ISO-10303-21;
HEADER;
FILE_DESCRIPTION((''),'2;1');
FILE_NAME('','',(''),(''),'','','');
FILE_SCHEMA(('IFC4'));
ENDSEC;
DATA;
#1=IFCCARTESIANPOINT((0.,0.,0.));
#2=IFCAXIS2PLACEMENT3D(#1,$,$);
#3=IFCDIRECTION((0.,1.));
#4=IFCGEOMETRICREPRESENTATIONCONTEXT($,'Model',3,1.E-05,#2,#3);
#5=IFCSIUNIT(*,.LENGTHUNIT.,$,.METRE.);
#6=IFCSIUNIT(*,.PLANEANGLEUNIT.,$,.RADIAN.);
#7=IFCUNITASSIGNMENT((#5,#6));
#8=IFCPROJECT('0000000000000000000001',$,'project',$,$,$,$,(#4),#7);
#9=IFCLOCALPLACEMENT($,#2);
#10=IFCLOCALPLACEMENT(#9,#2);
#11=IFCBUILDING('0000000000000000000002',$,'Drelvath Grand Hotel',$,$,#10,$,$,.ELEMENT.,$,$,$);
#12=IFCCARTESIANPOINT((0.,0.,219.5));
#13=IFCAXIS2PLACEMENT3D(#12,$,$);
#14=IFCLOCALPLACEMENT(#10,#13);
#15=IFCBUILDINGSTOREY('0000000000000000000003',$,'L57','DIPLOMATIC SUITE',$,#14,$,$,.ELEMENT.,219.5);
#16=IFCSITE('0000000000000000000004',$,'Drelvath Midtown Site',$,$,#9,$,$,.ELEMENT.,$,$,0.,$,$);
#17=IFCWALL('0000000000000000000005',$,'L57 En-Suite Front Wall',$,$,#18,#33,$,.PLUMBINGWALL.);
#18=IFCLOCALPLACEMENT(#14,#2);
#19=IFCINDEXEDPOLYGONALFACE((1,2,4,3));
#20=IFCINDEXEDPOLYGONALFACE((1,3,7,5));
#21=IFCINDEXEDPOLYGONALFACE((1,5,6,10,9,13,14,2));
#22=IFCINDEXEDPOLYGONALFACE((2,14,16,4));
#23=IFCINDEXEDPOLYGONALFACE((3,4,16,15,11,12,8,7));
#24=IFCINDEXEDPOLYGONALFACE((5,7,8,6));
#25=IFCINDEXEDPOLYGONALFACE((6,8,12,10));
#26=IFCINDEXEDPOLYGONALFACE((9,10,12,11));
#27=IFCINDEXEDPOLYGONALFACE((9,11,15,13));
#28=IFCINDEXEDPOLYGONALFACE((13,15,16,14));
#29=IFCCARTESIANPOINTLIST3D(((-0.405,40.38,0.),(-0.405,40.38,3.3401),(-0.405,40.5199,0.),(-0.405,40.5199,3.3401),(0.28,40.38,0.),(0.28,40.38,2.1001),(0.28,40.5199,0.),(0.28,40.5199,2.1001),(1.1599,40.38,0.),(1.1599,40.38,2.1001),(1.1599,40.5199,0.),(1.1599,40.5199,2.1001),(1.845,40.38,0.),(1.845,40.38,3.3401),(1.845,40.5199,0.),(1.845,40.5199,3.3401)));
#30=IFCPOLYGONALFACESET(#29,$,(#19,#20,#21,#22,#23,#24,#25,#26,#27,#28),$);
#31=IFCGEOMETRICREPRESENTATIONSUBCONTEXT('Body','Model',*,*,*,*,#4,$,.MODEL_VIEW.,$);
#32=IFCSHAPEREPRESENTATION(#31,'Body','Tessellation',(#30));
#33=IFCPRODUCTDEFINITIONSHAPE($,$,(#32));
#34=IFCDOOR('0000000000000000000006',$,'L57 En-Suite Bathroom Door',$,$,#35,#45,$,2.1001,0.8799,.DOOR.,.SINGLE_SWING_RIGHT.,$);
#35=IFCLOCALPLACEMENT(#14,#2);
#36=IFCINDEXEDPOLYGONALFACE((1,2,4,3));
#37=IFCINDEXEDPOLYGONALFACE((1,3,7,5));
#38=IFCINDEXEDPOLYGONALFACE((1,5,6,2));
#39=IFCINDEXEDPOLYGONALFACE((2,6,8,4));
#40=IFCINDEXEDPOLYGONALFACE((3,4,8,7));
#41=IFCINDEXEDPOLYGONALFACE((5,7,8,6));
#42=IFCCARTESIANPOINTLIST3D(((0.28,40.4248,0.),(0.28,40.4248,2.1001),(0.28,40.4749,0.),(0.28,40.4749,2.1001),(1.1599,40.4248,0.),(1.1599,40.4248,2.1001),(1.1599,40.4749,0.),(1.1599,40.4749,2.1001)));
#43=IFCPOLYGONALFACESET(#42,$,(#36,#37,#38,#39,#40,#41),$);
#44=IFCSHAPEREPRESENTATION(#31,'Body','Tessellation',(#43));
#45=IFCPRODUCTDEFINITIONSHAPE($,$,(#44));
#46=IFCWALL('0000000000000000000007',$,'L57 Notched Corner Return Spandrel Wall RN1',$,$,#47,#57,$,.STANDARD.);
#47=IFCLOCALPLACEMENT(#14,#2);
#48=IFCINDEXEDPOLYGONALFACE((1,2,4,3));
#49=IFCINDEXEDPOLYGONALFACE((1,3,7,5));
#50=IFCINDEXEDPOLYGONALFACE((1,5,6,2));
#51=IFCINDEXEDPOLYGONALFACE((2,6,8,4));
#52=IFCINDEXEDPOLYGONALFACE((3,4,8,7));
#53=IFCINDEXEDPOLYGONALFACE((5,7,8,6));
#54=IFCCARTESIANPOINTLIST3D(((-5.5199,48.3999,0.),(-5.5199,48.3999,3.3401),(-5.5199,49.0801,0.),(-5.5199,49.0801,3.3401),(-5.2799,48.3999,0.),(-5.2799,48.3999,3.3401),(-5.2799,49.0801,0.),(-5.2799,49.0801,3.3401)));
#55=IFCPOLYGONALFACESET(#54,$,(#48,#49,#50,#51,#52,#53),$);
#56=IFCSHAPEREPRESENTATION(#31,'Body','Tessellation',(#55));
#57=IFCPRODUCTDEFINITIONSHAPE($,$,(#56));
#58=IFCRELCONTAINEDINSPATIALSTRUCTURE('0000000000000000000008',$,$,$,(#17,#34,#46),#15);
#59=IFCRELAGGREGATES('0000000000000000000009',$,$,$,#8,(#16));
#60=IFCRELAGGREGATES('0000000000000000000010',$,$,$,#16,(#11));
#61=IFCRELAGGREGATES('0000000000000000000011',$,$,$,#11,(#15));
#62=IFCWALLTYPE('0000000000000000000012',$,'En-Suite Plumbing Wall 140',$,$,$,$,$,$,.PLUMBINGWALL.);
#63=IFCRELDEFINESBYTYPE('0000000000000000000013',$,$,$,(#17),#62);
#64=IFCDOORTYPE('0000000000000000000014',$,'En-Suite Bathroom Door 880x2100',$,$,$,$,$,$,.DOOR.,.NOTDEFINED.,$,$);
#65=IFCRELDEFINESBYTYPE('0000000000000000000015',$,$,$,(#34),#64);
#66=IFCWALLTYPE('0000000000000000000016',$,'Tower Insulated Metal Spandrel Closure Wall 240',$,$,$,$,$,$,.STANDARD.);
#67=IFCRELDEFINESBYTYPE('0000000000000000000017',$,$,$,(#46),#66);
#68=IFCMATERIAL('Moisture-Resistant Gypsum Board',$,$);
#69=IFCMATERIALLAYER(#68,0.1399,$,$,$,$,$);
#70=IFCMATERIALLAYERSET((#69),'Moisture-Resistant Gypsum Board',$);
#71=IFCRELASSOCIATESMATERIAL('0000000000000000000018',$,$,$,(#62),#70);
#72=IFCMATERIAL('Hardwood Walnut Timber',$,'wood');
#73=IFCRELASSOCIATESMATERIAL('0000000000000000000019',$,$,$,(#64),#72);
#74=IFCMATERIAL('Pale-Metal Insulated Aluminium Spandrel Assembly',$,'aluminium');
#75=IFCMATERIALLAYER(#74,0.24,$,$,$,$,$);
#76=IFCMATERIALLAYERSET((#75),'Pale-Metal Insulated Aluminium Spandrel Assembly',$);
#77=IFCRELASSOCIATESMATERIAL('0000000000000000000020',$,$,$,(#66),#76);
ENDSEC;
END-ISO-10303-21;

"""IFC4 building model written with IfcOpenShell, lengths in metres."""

from ifc_helpers import new_model, si_unit, direction, frame, frame_2d, origin, place, context, subcontext, project, spatial, rectangle, extrude, material, layer, layer_set, type_object, element, fill, save


model = new_model("IFC4")

# Units and contexts
model_context = context("Model", 3, precision=1e-05, world=origin(), true_north=direction((0.0, 1.0)))
body_context = subcontext(model_context, "Body", "Model", "MODEL_VIEW")
ifc_project = project(units=[si_unit("LENGTHUNIT", "METRE"), si_unit("PLANEANGLEUNIT", "RADIAN")], contexts=[model_context])

# Site, building, storey
site_placement = place(None, origin())
site = spatial("IfcSite", under=ifc_project, at=site_placement, Name="Drelvath Midtown Site", CompositionType="ELEMENT", RefElevation=0.0)
building_placement = place(site_placement, origin())
building = spatial("IfcBuilding", under=site, at=building_placement, Name="Drelvath Grand Hotel", CompositionType="ELEMENT")
storey_placement = place(building_placement, frame((0.0, 0.0, 219.5)))
storey = spatial("IfcBuildingStorey", under=building, at=storey_placement, Name="L57", Description="DIPLOMATIC SUITE", CompositionType="ELEMENT", Elevation=219.5)

# Shared definitions
ifc_material_1 = material(Name="Moisture-Resistant Gypsum Board")
ifc_layer_1 = layer(ifc_material_1, 0.1399)
ifc_layer_set_1 = layer_set([ifc_layer_1], Name="Moisture-Resistant Gypsum Board")
wall_type_1 = type_object("IfcWallType", Name="En-Suite Plumbing Wall 140", PredefinedType="PLUMBINGWALL", material=ifc_layer_set_1)

# Wall, opening, door
wall_1_placement = place(storey_placement, frame((-0.405, 40.45, 0.0), z_axis=(0.0, 0.0, 1.0), x_axis=(1.0, 0.0, 0.0)))
wall_1 = element("IfcWall", 1, at=wall_1_placement, inside=storey, type_object=wall_type_1, Name="L57 En-Suite Front Wall", PredefinedType="PLUMBINGWALL", context=body_context, shape_type="SweptSolid", body=[
    extrude(rectangle(XDim=2.25, YDim=0.1399, at=frame_2d((1.125, 0.0))), origin(), (0.0, 0.0, 1.0), 3.3401),
])
opening_placement = place(wall_1_placement, frame((0.6851, 0.0, 0.0)))
opening = element("IfcOpeningElement", 2, at=opening_placement, cuts=wall_1, PredefinedType="OPENING", context=body_context, shape_type="SweptSolid", body=[
    extrude(rectangle(XDim=0.8799, YDim=2.1001, at=frame_2d((0.4399, 1.05))), frame((0.0, 0.0798, 0.0), z_axis=(0.0, -1.0, 0.0), x_axis=(1.0, 0.0, 0.0)), (0.0, 0.0, 1.0), 0.1599),
])
ifc_material_2 = material(Name="Hardwood Walnut Timber", Category="wood")
door_type = type_object("IfcDoorType", Name="En-Suite Bathroom Door 880x2100", OperationType="NOTDEFINED", PredefinedType="DOOR", material=ifc_material_2)
door_placement = place(opening_placement, origin())
door = element("IfcDoor", 3, at=door_placement, inside=storey, type_object=door_type, Name="L57 En-Suite Bathroom Door", OperationType="SINGLE_SWING_RIGHT", OverallHeight=2.1001, OverallWidth=0.8799, PredefinedType="DOOR", context=body_context, shape_type="SweptSolid", body=[
    extrude(rectangle(XDim=0.8799, YDim=2.1001, at=frame_2d((0.4399, 1.05))), frame((0.0, 0.0249, 0.0), z_axis=(0.0, -1.0, 0.0), x_axis=(1.0, 0.0, 0.0)), (0.0, 0.0, 1.0), 0.05),
])
fill(opening, door)

# Wall
ifc_material_3 = material(Name="Pale-Metal Insulated Aluminium Spandrel Assembly", Category="aluminium")
ifc_layer_2 = layer(ifc_material_3, 0.24)
ifc_layer_set_2 = layer_set([ifc_layer_2], Name="Pale-Metal Insulated Aluminium Spandrel Assembly")
wall_type_2 = type_object("IfcWallType", Name="Tower Insulated Metal Spandrel Closure Wall 240", PredefinedType="STANDARD", material=ifc_layer_set_2)
wall_2_placement = place(storey_placement, frame((-5.3999, 49.0801, 0.0), z_axis=(0.0, 0.0, 1.0), x_axis=(0.0, -1.0, 0.0)))
element("IfcWall", 4, at=wall_2_placement, inside=storey, type_object=wall_type_2, Name="L57 Notched Corner Return Spandrel Wall RN1", PredefinedType="STANDARD", context=body_context, shape_type="SweptSolid", body=[
    extrude(rectangle(XDim=0.6802, YDim=0.24, at=frame_2d((0.3401, 0.0))), origin(), (0.0, 0.0, 1.0), 3.3401),
])

save(model, "model.ifc")
